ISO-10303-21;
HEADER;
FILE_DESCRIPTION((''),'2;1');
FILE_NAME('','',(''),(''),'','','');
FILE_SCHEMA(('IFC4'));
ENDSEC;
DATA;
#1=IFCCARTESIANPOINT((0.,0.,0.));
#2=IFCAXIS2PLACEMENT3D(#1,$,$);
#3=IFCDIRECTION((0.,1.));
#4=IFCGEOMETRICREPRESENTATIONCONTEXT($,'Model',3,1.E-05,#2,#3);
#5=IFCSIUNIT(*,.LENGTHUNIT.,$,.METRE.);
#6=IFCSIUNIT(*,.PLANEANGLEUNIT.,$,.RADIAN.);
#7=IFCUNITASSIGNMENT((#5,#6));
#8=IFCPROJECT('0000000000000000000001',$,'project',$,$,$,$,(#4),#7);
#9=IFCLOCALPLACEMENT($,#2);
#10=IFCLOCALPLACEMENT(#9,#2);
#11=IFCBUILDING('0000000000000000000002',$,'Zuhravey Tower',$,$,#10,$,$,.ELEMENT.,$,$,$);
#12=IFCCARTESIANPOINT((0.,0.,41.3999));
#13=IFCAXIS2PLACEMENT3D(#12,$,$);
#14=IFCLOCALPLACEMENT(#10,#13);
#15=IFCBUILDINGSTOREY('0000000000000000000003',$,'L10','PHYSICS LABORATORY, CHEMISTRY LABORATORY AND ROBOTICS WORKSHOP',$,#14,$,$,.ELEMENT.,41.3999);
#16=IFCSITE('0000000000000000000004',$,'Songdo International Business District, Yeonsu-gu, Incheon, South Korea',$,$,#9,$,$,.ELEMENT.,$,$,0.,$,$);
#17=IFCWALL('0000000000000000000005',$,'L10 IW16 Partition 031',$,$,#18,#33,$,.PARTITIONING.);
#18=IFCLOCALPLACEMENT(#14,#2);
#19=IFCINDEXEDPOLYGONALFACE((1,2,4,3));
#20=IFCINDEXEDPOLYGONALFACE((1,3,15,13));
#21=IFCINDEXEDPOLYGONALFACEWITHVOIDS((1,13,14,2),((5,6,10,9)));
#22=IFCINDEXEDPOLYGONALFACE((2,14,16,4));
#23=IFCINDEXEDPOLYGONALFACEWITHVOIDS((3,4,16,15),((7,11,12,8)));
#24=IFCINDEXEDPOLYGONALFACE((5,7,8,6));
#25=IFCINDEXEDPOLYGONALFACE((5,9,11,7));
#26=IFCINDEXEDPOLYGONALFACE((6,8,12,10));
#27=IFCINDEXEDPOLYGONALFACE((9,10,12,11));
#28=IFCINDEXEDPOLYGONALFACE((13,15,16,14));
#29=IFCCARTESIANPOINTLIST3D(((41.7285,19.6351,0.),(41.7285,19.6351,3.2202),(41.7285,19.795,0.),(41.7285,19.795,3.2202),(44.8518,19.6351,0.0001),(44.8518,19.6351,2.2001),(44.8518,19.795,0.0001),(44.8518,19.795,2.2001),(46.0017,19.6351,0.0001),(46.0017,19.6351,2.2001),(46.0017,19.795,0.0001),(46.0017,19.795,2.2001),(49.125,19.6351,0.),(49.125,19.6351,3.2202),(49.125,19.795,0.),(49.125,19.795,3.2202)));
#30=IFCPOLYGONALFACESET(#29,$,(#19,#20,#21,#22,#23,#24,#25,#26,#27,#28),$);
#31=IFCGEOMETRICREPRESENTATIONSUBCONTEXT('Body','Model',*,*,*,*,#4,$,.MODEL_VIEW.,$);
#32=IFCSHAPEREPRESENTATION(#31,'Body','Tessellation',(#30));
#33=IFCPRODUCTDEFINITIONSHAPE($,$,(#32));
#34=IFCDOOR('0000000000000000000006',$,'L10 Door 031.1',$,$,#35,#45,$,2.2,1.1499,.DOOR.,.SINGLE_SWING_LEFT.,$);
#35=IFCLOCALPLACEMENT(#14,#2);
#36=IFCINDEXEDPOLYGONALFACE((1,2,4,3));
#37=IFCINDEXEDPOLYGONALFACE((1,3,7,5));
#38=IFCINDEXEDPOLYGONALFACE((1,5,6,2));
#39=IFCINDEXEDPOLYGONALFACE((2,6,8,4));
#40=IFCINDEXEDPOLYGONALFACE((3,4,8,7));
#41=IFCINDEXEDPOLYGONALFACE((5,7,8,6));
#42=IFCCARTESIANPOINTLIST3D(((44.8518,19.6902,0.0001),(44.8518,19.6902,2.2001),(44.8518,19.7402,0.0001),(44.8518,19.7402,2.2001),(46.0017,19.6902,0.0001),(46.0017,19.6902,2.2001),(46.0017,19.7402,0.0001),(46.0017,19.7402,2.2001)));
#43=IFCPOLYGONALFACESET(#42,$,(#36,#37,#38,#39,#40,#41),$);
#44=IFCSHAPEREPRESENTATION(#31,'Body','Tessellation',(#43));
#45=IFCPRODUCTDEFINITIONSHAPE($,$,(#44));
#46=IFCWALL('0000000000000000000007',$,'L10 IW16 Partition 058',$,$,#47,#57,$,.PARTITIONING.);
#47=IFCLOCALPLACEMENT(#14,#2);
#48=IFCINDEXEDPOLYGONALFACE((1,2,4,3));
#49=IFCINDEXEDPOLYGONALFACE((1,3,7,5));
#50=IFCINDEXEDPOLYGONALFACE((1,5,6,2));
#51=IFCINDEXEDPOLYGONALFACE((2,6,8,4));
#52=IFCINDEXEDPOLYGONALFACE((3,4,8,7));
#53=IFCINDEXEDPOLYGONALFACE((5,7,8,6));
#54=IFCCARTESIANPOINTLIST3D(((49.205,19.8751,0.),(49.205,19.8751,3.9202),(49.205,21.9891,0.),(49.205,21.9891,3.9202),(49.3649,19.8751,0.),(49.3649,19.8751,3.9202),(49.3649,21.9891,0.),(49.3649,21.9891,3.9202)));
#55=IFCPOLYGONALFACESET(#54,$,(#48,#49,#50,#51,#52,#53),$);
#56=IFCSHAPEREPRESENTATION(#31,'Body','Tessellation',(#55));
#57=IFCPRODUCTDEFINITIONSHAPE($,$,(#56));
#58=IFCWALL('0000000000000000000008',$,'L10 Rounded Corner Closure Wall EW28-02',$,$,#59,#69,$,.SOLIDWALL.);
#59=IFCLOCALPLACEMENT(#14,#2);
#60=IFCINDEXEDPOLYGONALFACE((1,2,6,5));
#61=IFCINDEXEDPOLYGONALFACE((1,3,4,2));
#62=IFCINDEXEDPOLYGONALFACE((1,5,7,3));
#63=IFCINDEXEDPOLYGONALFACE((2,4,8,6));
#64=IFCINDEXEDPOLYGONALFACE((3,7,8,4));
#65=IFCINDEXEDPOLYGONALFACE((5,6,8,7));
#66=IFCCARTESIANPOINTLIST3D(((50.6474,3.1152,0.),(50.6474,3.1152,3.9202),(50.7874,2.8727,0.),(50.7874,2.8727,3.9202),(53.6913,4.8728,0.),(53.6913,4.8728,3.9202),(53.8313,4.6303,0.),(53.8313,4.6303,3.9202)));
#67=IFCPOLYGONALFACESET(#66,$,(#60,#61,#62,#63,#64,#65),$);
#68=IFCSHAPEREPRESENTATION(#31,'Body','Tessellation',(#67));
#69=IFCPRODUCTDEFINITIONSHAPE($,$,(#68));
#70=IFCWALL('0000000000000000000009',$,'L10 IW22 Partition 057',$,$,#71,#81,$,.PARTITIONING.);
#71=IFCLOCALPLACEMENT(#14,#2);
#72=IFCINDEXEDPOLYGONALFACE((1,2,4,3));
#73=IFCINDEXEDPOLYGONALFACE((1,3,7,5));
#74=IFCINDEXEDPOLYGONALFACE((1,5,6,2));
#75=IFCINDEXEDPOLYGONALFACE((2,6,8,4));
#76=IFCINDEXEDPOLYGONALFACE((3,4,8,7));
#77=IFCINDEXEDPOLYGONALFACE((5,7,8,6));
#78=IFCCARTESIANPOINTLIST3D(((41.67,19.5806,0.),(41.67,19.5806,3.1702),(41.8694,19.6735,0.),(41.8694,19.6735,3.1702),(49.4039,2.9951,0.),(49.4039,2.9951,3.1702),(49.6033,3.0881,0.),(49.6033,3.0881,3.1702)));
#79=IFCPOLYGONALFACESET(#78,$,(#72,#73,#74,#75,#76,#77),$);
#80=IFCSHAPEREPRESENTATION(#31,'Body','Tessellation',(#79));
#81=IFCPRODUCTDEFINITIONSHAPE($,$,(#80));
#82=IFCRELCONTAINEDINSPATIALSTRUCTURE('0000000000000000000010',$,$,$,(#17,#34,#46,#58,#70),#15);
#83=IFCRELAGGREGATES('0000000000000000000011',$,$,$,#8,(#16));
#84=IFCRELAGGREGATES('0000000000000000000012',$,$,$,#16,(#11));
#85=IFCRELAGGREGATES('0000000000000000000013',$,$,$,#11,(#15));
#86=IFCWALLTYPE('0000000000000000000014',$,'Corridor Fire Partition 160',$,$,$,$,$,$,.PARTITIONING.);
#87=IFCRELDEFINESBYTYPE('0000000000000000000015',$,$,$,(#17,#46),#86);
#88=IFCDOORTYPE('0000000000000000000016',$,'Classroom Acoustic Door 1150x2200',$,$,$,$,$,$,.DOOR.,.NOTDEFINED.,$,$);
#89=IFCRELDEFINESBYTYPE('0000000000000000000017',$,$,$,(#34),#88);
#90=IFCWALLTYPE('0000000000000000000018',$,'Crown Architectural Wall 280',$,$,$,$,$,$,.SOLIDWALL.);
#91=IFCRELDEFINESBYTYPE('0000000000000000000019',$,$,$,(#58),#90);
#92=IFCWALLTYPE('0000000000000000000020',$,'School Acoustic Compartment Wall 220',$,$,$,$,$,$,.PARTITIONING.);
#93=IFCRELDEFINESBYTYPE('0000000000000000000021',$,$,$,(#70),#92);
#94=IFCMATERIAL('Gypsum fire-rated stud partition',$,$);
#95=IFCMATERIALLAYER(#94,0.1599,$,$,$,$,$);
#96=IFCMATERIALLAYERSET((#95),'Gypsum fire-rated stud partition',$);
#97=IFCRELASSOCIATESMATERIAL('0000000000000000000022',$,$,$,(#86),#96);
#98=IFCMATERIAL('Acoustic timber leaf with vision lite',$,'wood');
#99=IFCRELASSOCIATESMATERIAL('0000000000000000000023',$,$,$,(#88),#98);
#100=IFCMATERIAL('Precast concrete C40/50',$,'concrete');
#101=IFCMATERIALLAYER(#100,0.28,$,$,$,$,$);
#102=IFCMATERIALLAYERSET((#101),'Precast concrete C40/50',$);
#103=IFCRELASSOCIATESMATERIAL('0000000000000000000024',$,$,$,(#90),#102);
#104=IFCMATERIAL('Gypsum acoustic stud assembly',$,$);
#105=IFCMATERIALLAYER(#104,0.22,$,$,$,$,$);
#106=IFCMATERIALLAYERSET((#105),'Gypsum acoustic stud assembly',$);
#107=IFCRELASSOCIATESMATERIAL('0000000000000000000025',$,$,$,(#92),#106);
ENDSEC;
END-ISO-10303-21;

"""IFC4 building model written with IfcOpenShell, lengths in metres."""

from ifc_helpers import new_model, si_unit, direction, frame, frame_2d, origin, place, context, subcontext, project, spatial, rectangle, extrude, material, layer, layer_set, type_object, element, fill, save


model = new_model("IFC4")

# Units and contexts
model_context = context("Model", 3, precision=1e-05, world=origin(), true_north=direction((0.0, 1.0)))
body_context = subcontext(model_context, "Body", "Model", "MODEL_VIEW")
ifc_project = project(units=[si_unit("LENGTHUNIT", "METRE"), si_unit("PLANEANGLEUNIT", "RADIAN")], contexts=[model_context])

# Site, building, storey
site_placement = place(None, origin())
site = spatial("IfcSite", under=ifc_project, at=site_placement, Name="Songdo International Business District, Yeonsu-gu, Incheon, South Korea", CompositionType="ELEMENT", RefElevation=0.0)
building_placement = place(site_placement, origin())
building = spatial("IfcBuilding", under=site, at=building_placement, Name="Zuhravey Tower", CompositionType="ELEMENT")
storey_placement = place(building_placement, frame((0.0, 0.0, 41.3999)))
storey = spatial("IfcBuildingStorey", under=building, at=storey_placement, Name="L10", Description="PHYSICS LABORATORY, CHEMISTRY LABORATORY AND ROBOTICS WORKSHOP", CompositionType="ELEMENT", Elevation=41.3999)

# Wall, opening, door
ifc_material_1 = material(Name="Gypsum fire-rated stud partition")
ifc_layer_1 = layer(ifc_material_1, 0.1599)
ifc_layer_set_1 = layer_set([ifc_layer_1], Name="Gypsum fire-rated stud partition")
wall_type_1 = type_object("IfcWallType", Name="Corridor Fire Partition 160", PredefinedType="PARTITIONING", material=ifc_layer_set_1)
ifc_material_2 = material(Name="Acoustic timber leaf with vision lite", Category="wood")
door_type = type_object("IfcDoorType", Name="Classroom Acoustic Door 1150x2200", OperationType="NOTDEFINED", PredefinedType="DOOR", material=ifc_material_2)
wall_1_placement = place(storey_placement, frame((41.7285, 19.7151, 0.0), z_axis=(0.0, 0.0, 1.0), x_axis=(1.0, 0.0, 0.0)))
wall_1 = element("IfcWall", 1, at=wall_1_placement, inside=storey, type_object=wall_type_1, Name="L10 IW16 Partition 031", PredefinedType="PARTITIONING", context=body_context, shape_type="SweptSolid", body=[
    extrude(rectangle(XDim=7.3965, YDim=0.1599, at=frame_2d((3.6982, 0.0))), origin(), (0.0, 0.0, 1.0), 3.2202),
])
opening_1_placement = place(wall_1_placement, frame((3.1233, 0.0, 0.0)))
opening_1 = element("IfcOpeningElement", 2, at=opening_1_placement, cuts=wall_1, PredefinedType="OPENING", context=body_context, shape_type="SweptSolid", body=[
    extrude(rectangle(XDim=1.1499, YDim=2.2, at=frame_2d((0.575, 1.1001))), frame((0.0, 0.092, 0.0), z_axis=(0.0, -1.0, 0.0), x_axis=(1.0, 0.0, 0.0)), (0.0, 0.0, 1.0), 0.1838),
])
door_1_placement = place(opening_1_placement, frame((1.1499, 0.0, 0.0), z_axis=(0.0, 0.0, 1.0), x_axis=(-1.0, 0.0, 0.0)))
door_1 = element("IfcDoor", 3, at=door_1_placement, inside=storey, type_object=door_type, Name="L10 Door 031.1", OperationType="SINGLE_SWING_LEFT", OverallHeight=2.2, OverallWidth=1.1499, PredefinedType="DOOR", context=body_context, shape_type="SweptSolid", body=[
    extrude(rectangle(XDim=1.1499, YDim=2.2, at=frame_2d((0.575, 1.1001))), frame((0.0, 0.0249, 0.0), z_axis=(0.0, -1.0, 0.0), x_axis=(1.0, 0.0, 0.0)), (0.0, 0.0, 1.0), 0.05),
])
fill(opening_1, door_1)

# Walls
wall_2_placement = place(storey_placement, frame((49.2849, 19.875, 0.0), z_axis=(0.0, 0.0, 1.0), x_axis=(0.0, 1.0, 0.0)))
element("IfcWall", 4, at=wall_2_placement, inside=storey, type_object=wall_type_1, Name="L10 IW16 Partition 058", PredefinedType="PARTITIONING", context=body_context, shape_type="SweptSolid", body=[
    extrude(rectangle(XDim=2.114, YDim=0.1599, at=frame_2d((1.0571, 0.0))), origin(), (0.0, 0.0, 1.0), 3.9202),
])
ifc_material_3 = material(Name="Precast concrete C40/50", Category="concrete")
ifc_layer_2 = layer(ifc_material_3, 0.28)
ifc_layer_set_2 = layer_set([ifc_layer_2], Name="Precast concrete C40/50")
wall_type_2 = type_object("IfcWallType", Name="Crown Architectural Wall 280", PredefinedType="SOLIDWALL", material=ifc_layer_set_2)
wall_3_placement = place(storey_placement, frame((53.7612, 4.7515, 0.0), z_axis=(0.0, 0.0, 1.0), x_axis=(-0.866007, -0.500031, 0.0)))
element("IfcWall", 5, at=wall_3_placement, inside=storey, type_object=wall_type_2, Name="L10 Rounded Corner Closure Wall EW28-02", PredefinedType="SOLIDWALL", context=body_context, shape_type="SweptSolid", body=[
    extrude(rectangle(XDim=3.5149, YDim=0.28, at=frame_2d((1.7573, 0.0))), origin(), (0.0, 0.0, 1.0), 3.9202),
])
ifc_material_4 = material(Name="Gypsum acoustic stud assembly")
ifc_layer_3 = layer(ifc_material_4, 0.22)
ifc_layer_set_3 = layer_set([ifc_layer_3], Name="Gypsum acoustic stud assembly")
wall_type_3 = type_object("IfcWallType", Name="School Acoustic Compartment Wall 220", PredefinedType="PARTITIONING", material=ifc_layer_set_3)
wall_4_placement = place(storey_placement, frame((41.7698, 19.627, 0.0), z_axis=(0.0, 0.0, 1.0), x_axis=(0.422617, -0.906309, 0.0)))
element("IfcWall", 6, at=wall_4_placement, inside=storey, type_object=wall_type_3, Name="L10 IW22 Partition 057", PredefinedType="PARTITIONING", context=body_context, shape_type="SweptSolid", body=[
    extrude(rectangle(XDim=18.3, YDim=0.22, at=frame_2d((9.1499, 0.0))), origin(), (0.0, 0.0, 1.0), 3.1702),
])

save(model, "model.ifc")
